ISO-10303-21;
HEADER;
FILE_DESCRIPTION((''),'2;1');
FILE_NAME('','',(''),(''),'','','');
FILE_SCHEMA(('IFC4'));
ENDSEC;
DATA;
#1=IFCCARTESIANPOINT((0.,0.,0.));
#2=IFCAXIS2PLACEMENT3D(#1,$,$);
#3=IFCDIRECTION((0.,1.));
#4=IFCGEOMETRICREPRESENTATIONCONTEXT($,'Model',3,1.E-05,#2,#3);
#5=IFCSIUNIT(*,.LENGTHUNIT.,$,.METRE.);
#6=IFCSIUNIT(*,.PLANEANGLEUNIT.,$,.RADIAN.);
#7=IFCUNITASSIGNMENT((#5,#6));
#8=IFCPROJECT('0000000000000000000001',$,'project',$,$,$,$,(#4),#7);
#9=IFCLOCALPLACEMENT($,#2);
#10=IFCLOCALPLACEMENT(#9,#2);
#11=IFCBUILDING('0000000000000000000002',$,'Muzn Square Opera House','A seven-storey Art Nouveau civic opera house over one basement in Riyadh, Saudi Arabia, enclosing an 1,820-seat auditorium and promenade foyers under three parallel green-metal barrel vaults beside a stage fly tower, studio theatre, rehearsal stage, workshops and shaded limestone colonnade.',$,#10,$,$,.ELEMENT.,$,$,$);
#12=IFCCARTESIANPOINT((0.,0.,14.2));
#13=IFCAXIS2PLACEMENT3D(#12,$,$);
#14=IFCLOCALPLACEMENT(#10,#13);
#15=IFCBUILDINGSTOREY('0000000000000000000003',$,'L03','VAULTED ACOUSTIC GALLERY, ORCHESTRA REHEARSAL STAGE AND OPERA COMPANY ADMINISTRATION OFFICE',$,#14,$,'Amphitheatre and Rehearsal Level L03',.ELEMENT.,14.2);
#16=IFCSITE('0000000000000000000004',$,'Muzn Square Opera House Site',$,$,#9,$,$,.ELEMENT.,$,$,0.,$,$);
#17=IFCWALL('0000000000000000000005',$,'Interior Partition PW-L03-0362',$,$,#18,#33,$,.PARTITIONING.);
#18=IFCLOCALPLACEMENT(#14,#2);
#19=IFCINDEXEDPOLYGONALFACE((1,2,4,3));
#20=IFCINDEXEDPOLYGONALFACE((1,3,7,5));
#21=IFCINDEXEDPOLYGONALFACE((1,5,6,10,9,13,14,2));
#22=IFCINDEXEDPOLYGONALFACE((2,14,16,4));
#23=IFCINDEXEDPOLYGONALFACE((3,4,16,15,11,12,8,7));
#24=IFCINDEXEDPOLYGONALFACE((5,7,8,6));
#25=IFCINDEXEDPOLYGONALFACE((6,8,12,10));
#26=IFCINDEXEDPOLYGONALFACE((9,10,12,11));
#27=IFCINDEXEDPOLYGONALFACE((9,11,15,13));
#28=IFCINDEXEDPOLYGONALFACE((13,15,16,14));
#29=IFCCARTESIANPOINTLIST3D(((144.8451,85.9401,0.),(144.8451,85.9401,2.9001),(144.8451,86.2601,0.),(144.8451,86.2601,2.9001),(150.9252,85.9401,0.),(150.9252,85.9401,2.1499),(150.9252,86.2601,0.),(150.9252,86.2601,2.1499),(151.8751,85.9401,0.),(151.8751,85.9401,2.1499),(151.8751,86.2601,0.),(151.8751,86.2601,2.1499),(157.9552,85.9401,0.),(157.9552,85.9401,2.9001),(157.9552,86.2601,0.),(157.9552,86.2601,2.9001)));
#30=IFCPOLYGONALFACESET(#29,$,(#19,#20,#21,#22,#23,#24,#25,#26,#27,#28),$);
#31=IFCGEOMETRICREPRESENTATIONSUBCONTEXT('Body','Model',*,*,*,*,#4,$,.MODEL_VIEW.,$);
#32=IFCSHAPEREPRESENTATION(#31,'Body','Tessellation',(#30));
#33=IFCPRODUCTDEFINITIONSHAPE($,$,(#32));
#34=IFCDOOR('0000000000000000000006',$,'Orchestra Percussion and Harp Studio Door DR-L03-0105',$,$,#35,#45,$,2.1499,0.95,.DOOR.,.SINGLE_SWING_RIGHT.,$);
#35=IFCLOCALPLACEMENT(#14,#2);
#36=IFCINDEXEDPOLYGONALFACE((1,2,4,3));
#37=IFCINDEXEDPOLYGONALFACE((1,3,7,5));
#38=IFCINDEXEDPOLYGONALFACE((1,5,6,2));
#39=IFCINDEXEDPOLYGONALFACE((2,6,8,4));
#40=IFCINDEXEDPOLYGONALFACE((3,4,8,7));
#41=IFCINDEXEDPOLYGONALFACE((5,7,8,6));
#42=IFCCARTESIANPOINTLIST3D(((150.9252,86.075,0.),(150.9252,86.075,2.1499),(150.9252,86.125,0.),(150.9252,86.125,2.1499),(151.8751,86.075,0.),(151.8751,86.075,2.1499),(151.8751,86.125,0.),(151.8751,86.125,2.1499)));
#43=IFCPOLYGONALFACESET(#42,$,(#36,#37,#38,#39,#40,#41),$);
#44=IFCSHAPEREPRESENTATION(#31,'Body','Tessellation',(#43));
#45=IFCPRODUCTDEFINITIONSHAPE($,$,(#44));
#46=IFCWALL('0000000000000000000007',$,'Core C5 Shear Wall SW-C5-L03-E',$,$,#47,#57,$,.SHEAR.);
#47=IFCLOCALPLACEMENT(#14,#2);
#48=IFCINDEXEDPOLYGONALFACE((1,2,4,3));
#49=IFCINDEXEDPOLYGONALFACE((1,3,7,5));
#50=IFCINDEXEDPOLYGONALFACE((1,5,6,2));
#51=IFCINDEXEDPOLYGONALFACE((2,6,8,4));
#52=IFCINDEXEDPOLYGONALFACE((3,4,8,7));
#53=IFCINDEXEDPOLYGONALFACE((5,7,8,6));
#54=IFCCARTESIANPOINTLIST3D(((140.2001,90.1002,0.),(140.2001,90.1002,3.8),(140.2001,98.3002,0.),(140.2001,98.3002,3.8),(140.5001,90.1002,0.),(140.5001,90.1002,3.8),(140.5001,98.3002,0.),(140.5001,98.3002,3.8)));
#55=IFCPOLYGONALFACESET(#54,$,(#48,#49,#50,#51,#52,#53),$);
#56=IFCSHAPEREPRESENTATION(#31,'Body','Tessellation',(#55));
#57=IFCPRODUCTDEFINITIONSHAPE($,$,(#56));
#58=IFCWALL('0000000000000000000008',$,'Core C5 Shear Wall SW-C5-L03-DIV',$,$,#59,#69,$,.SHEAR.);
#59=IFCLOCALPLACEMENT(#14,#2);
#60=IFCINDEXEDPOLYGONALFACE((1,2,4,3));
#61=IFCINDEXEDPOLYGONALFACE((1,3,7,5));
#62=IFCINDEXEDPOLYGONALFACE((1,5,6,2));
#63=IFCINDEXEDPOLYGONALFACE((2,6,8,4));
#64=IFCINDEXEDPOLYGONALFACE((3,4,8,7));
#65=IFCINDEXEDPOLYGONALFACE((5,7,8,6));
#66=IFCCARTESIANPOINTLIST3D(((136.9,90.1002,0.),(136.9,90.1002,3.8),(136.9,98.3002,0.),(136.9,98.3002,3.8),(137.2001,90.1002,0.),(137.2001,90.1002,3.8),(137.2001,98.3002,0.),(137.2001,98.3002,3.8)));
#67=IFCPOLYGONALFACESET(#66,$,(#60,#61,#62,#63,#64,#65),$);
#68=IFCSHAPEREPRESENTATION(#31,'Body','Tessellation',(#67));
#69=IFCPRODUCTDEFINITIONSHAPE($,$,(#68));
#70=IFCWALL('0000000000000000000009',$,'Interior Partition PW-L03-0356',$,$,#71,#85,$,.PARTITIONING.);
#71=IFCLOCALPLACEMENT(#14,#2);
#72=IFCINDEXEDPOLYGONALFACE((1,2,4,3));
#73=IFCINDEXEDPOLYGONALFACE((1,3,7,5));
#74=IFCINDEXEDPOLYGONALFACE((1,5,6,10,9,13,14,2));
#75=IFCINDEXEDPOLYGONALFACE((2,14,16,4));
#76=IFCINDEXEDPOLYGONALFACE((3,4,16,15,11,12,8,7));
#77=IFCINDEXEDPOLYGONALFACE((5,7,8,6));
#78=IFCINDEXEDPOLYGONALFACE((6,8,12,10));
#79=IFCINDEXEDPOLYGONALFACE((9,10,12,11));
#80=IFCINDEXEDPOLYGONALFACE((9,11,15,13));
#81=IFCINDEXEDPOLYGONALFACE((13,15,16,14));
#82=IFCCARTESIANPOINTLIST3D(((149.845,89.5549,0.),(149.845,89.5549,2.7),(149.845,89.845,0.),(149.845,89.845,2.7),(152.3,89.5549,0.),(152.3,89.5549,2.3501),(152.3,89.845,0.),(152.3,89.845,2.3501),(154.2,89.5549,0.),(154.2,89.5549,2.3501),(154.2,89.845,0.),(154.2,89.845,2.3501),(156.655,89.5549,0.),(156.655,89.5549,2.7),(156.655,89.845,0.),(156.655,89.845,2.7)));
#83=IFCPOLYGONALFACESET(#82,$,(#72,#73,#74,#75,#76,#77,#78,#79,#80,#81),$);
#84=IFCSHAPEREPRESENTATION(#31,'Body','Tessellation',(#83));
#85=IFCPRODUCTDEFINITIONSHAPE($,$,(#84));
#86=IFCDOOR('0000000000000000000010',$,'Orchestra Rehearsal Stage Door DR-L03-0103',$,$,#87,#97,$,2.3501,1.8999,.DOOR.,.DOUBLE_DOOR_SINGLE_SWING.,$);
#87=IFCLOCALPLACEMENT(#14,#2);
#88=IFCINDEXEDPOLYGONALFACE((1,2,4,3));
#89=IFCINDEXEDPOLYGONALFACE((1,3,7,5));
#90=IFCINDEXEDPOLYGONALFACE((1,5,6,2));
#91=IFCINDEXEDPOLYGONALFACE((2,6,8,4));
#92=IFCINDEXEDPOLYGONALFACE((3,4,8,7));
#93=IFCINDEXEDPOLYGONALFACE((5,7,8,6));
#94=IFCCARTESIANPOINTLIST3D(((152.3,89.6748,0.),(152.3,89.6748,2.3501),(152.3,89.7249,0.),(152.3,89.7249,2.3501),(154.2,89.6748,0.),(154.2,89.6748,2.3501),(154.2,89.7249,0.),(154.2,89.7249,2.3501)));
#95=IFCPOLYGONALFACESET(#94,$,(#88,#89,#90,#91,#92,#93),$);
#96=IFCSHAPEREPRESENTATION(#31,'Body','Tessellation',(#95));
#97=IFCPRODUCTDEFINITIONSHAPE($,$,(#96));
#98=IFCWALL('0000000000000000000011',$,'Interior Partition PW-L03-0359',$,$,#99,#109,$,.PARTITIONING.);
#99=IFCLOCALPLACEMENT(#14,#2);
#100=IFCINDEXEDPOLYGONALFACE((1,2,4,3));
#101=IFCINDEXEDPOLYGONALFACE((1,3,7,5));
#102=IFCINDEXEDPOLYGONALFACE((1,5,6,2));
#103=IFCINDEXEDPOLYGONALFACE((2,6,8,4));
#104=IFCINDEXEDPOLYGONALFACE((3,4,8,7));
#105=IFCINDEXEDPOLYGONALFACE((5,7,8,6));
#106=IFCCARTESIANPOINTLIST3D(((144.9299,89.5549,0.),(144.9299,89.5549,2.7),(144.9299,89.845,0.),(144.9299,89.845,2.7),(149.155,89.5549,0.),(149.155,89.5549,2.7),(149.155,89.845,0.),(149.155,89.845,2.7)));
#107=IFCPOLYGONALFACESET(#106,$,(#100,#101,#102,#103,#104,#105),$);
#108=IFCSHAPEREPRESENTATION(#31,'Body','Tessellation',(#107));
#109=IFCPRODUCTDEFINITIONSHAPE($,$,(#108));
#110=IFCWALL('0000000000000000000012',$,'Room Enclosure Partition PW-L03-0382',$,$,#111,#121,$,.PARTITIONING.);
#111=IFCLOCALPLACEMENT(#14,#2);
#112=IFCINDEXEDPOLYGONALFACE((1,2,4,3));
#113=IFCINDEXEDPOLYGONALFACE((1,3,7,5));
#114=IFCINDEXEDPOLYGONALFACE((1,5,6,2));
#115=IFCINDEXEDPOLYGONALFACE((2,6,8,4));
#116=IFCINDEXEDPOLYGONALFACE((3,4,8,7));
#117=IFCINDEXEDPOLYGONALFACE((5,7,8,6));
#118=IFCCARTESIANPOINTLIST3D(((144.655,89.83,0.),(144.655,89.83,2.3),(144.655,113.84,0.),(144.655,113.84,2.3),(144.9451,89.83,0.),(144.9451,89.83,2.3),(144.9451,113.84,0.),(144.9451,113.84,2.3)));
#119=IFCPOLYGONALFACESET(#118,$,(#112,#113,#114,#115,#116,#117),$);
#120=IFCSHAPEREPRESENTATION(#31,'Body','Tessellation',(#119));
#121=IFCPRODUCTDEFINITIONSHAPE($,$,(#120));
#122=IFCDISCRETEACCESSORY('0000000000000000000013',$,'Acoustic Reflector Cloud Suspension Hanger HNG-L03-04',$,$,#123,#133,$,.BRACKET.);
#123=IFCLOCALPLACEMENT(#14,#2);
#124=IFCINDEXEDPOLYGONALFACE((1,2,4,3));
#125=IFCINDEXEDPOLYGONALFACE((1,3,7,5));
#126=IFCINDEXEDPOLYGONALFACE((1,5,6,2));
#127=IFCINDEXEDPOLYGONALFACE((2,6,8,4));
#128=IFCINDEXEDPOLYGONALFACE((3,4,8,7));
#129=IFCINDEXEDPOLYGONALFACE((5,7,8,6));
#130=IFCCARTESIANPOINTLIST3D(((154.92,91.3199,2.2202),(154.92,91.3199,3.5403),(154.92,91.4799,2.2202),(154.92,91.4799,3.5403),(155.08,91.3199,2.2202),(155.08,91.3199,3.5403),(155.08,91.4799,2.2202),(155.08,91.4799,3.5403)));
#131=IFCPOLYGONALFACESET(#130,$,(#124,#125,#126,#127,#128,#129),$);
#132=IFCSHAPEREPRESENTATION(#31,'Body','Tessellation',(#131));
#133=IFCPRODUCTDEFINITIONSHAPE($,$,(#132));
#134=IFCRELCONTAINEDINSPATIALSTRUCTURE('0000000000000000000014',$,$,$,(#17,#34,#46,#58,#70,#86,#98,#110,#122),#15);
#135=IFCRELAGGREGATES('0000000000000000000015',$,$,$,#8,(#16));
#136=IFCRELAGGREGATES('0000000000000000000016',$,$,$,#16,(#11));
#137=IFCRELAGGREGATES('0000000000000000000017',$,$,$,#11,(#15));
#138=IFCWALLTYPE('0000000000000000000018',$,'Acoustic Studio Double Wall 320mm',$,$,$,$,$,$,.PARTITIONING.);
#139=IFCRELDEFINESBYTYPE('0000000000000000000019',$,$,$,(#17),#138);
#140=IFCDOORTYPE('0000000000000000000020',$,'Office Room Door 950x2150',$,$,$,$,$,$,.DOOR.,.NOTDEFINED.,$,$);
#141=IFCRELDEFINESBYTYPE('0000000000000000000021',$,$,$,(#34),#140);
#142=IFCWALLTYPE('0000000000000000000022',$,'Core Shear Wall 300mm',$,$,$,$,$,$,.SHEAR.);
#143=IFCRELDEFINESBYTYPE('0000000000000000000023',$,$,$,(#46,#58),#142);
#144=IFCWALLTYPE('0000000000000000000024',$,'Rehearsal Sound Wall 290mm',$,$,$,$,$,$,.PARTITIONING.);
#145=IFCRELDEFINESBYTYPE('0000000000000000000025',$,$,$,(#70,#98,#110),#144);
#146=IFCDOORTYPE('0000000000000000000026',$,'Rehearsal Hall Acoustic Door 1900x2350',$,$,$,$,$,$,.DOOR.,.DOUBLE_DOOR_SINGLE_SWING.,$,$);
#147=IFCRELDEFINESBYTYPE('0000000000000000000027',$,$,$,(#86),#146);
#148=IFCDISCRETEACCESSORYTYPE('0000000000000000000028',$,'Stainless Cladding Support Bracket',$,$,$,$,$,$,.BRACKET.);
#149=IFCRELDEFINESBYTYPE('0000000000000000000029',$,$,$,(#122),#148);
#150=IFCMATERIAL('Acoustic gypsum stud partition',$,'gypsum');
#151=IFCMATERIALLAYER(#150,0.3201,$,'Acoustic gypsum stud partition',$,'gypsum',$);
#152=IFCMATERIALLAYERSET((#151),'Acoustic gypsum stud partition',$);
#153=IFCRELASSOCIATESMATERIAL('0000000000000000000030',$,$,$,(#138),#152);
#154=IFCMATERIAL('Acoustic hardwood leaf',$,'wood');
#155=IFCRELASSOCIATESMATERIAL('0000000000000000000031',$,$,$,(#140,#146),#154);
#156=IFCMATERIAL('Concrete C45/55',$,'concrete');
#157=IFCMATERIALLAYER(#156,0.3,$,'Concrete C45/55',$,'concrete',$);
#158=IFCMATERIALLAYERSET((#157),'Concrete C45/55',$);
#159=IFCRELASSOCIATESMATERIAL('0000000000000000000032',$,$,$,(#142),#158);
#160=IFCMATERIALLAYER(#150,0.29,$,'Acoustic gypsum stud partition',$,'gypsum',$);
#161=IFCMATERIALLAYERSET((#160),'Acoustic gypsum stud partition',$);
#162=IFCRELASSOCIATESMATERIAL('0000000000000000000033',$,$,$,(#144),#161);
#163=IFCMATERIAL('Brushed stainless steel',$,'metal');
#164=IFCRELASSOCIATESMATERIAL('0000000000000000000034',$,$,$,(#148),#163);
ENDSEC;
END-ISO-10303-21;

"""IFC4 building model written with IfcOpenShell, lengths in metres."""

from ifc_helpers import new_model, si_unit, direction, frame, frame_2d, origin, origin_2d, place, context, subcontext, project, spatial, rectangle, extrude, material, layer, layer_set, type_object, element, fill, save


model = new_model("IFC4")

# Units and contexts
model_context = context("Model", 3, precision=1e-05, world=origin(), true_north=direction((0.0, 1.0)))
body_context = subcontext(model_context, "Body", "Model", "MODEL_VIEW")
ifc_project = project(units=[si_unit("LENGTHUNIT", "METRE"), si_unit("PLANEANGLEUNIT", "RADIAN")], contexts=[model_context])

# Site, building, storey
site_placement = place(None, origin())
site = spatial("IfcSite", under=ifc_project, at=site_placement, Name="Muzn Square Opera House Site", CompositionType="ELEMENT", RefElevation=0.0)
building_placement = place(site_placement, origin())
building = spatial("IfcBuilding", under=site, at=building_placement, Name="Muzn Square Opera House", Description="A seven-storey Art Nouveau civic opera house over one basement in Riyadh, Saudi Arabia, enclosing an 1,820-seat auditorium and promenade foyers under three parallel green-metal barrel vaults beside a stage fly tower, studio theatre, rehearsal stage, workshops and shaded limestone colonnade.", CompositionType="ELEMENT")
storey_placement = place(building_placement, frame((0.0, 0.0, 14.2)))
storey = spatial("IfcBuildingStorey", under=building, at=storey_placement, Name="L03", Description="VAULTED ACOUSTIC GALLERY, ORCHESTRA REHEARSAL STAGE AND OPERA COMPANY ADMINISTRATION OFFICE", LongName="Amphitheatre and Rehearsal Level L03", CompositionType="ELEMENT", Elevation=14.2)

# Shared definitions
ifc_material_1 = material(Name="Concrete C45/55", Category="concrete")

# Wall, opening, door
ifc_material_2 = material(Name="Acoustic gypsum stud partition", Category="gypsum")
ifc_layer_1 = layer(ifc_material_2, 0.3201, Name="Acoustic gypsum stud partition", Category="gypsum")
ifc_layer_set_1 = layer_set([ifc_layer_1], Name="Acoustic gypsum stud partition")
wall_type_1 = type_object("IfcWallType", Name="Acoustic Studio Double Wall 320mm", PredefinedType="PARTITIONING", material=ifc_layer_set_1)
ifc_material_3 = material(Name="Acoustic hardwood leaf", Category="wood")
door_type_1 = type_object("IfcDoorType", Name="Office Room Door 950x2150", OperationType="NOTDEFINED", PredefinedType="DOOR", material=ifc_material_3)
wall_1_placement = place(storey_placement, frame((144.845, 86.1001, 0.0), z_axis=(0.0, 0.0, 1.0), x_axis=(1.0, 0.0, 0.0)))
wall_1 = element("IfcWall", 1, at=wall_1_placement, inside=storey, type_object=wall_type_1, Name="Interior Partition PW-L03-0362", PredefinedType="PARTITIONING", context=body_context, shape_type="SweptSolid", body=[
    extrude(rectangle(XDim=13.1101, YDim=0.3201, at=frame_2d((6.5552, 0.0))), origin(), (0.0, 0.0, 1.0), 2.9001),
])
opening_1_placement = place(wall_1_placement, frame((6.0801, 0.0, 0.0)))
opening_1 = element("IfcOpeningElement", 2, at=opening_1_placement, cuts=wall_1, PredefinedType="OPENING", context=body_context, shape_type="SweptSolid", body=[
    extrude(rectangle(XDim=0.95, YDim=2.1499, at=frame_2d((0.4751, 1.075))), frame((0.0, 0.1699, 0.0), z_axis=(0.0, -1.0, 0.0), x_axis=(1.0, 0.0, 0.0)), (0.0, 0.0, 1.0), 0.3401),
])
door_1_placement = place(opening_1_placement, origin())
door_1 = element("IfcDoor", 3, at=door_1_placement, inside=storey, type_object=door_type_1, Name="Orchestra Percussion and Harp Studio Door DR-L03-0105", OperationType="SINGLE_SWING_RIGHT", OverallHeight=2.1499, OverallWidth=0.95, PredefinedType="DOOR", context=body_context, shape_type="SweptSolid", body=[
    extrude(rectangle(XDim=0.95, YDim=2.1499, at=frame_2d((0.4751, 1.075))), frame((0.0, 0.0249, 0.0), z_axis=(0.0, -1.0, 0.0), x_axis=(1.0, 0.0, 0.0)), (0.0, 0.0, 1.0), 0.05),
])
fill(opening_1, door_1)

# Walls
ifc_layer_2 = layer(ifc_material_1, 0.3, Name="Concrete C45/55", Category="concrete")
ifc_layer_set_2 = layer_set([ifc_layer_2], Name="Concrete C45/55")
wall_type_2 = type_object("IfcWallType", Name="Core Shear Wall 300mm", PredefinedType="SHEAR", material=ifc_layer_set_2)
for number, where, z_axis, x_axis, name in (
    (4, (140.3501, 90.1001, 0.0), (0.0, 0.0, 1.0), (0.0, 1.0, 0.0), "Core C5 Shear Wall SW-C5-L03-E"),
    (5, (137.05, 90.1001, 0.0), (0.0, 0.0, 1.0), (0.0, 1.0, 0.0), "Core C5 Shear Wall SW-C5-L03-DIV"),
):
    element("IfcWall", number, at=place(storey_placement, frame(where, z_axis=z_axis, x_axis=x_axis)), inside=storey, type_object=wall_type_2, Name=name, PredefinedType="SHEAR", context=body_context, shape_type="SweptSolid", body=[
        extrude(rectangle(XDim=8.2, YDim=0.3, at=frame_2d((4.1001, 0.0))), origin(), (0.0, 0.0, 1.0), 3.8),
    ])

# Wall, opening, door
ifc_layer_3 = layer(ifc_material_2, 0.29, Name="Acoustic gypsum stud partition", Category="gypsum")
ifc_layer_set_3 = layer_set([ifc_layer_3], Name="Acoustic gypsum stud partition")
wall_type_3 = type_object("IfcWallType", Name="Rehearsal Sound Wall 290mm", PredefinedType="PARTITIONING", material=ifc_layer_set_3)
wall_2_placement = place(storey_placement, frame((149.845, 89.7, 0.0), z_axis=(0.0, 0.0, 1.0), x_axis=(1.0, 0.0, 0.0)))
wall_2 = element("IfcWall", 6, at=wall_2_placement, inside=storey, type_object=wall_type_3, Name="Interior Partition PW-L03-0356", PredefinedType="PARTITIONING", context=body_context, shape_type="SweptSolid", body=[
    extrude(rectangle(XDim=6.8101, YDim=0.29, at=frame_2d((3.405, 0.0))), origin(), (0.0, 0.0, 1.0), 2.7),
])
opening_2_placement = place(wall_2_placement, frame((2.4551, 0.0, 0.0)))
opening_2 = element("IfcOpeningElement", 7, at=opening_2_placement, cuts=wall_2, PredefinedType="OPENING", context=body_context, shape_type="SweptSolid", body=[
    extrude(rectangle(XDim=1.8999, YDim=2.3501, at=frame_2d((0.95, 1.175))), frame((0.0, 0.155, 0.0), z_axis=(0.0, -1.0, 0.0), x_axis=(1.0, 0.0, 0.0)), (0.0, 0.0, 1.0), 0.3101),
])
door_type_2 = type_object("IfcDoorType", Name="Rehearsal Hall Acoustic Door 1900x2350", OperationType="DOUBLE_DOOR_SINGLE_SWING", PredefinedType="DOOR", material=ifc_material_3)
door_2_placement = place(opening_2_placement, origin())
door_2 = element("IfcDoor", 8, at=door_2_placement, inside=storey, type_object=door_type_2, Name="Orchestra Rehearsal Stage Door DR-L03-0103", OperationType="DOUBLE_DOOR_SINGLE_SWING", OverallHeight=2.3501, OverallWidth=1.8999, PredefinedType="DOOR", context=body_context, shape_type="SweptSolid", body=[
    extrude(rectangle(XDim=1.8999, YDim=2.3501, at=frame_2d((0.95, 1.175))), frame((0.0, 0.0249, 0.0), z_axis=(0.0, -1.0, 0.0), x_axis=(1.0, 0.0, 0.0)), (0.0, 0.0, 1.0), 0.05),
])
fill(opening_2, door_2)

# Walls
wall_3_placement = place(storey_placement, frame((144.9299, 89.7, 0.0), z_axis=(0.0, 0.0, 1.0), x_axis=(1.0, 0.0, 0.0)))
element("IfcWall", 9, at=wall_3_placement, inside=storey, type_object=wall_type_3, Name="Interior Partition PW-L03-0359", PredefinedType="PARTITIONING", context=body_context, shape_type="SweptSolid", body=[
    extrude(rectangle(XDim=4.2251, YDim=0.29, at=frame_2d((2.1125, 0.0))), origin(), (0.0, 0.0, 1.0), 2.7),
])
wall_4_placement = place(storey_placement, frame((144.8, 89.8301, 0.0), z_axis=(0.0, 0.0, 1.0), x_axis=(0.0, 1.0, 0.0)))
element("IfcWall", 10, at=wall_4_placement, inside=storey, type_object=wall_type_3, Name="Room Enclosure Partition PW-L03-0382", PredefinedType="PARTITIONING", context=body_context, shape_type="SweptSolid", body=[
    extrude(rectangle(XDim=24.01, YDim=0.29, at=frame_2d((12.0049, 0.0))), origin(), (0.0, 0.0, 1.0), 2.3),
])

# Discrete accessory
ifc_material_4 = material(Name="Brushed stainless steel", Category="metal")
discrete_accessory_type = type_object("IfcDiscreteAccessoryType", Name="Stainless Cladding Support Bracket", PredefinedType="BRACKET", material=ifc_material_4)
discrete_accessory_placement = place(storey_placement, frame((155.0, 91.3999, 2.2202), z_axis=(0.0, 0.0, 1.0), x_axis=(1.0, 0.0, 0.0)))
element("IfcDiscreteAccessory", 11, at=discrete_accessory_placement, inside=storey, type_object=discrete_accessory_type, Name="Acoustic Reflector Cloud Suspension Hanger HNG-L03-04", PredefinedType="BRACKET", context=body_context, shape_type="SweptSolid", body=[
    extrude(rectangle(XDim=0.1599, YDim=0.1599, at=origin_2d()), origin(), (0.0, 0.0, 1.0), 1.3201),
])

save(model, "model.ifc")
